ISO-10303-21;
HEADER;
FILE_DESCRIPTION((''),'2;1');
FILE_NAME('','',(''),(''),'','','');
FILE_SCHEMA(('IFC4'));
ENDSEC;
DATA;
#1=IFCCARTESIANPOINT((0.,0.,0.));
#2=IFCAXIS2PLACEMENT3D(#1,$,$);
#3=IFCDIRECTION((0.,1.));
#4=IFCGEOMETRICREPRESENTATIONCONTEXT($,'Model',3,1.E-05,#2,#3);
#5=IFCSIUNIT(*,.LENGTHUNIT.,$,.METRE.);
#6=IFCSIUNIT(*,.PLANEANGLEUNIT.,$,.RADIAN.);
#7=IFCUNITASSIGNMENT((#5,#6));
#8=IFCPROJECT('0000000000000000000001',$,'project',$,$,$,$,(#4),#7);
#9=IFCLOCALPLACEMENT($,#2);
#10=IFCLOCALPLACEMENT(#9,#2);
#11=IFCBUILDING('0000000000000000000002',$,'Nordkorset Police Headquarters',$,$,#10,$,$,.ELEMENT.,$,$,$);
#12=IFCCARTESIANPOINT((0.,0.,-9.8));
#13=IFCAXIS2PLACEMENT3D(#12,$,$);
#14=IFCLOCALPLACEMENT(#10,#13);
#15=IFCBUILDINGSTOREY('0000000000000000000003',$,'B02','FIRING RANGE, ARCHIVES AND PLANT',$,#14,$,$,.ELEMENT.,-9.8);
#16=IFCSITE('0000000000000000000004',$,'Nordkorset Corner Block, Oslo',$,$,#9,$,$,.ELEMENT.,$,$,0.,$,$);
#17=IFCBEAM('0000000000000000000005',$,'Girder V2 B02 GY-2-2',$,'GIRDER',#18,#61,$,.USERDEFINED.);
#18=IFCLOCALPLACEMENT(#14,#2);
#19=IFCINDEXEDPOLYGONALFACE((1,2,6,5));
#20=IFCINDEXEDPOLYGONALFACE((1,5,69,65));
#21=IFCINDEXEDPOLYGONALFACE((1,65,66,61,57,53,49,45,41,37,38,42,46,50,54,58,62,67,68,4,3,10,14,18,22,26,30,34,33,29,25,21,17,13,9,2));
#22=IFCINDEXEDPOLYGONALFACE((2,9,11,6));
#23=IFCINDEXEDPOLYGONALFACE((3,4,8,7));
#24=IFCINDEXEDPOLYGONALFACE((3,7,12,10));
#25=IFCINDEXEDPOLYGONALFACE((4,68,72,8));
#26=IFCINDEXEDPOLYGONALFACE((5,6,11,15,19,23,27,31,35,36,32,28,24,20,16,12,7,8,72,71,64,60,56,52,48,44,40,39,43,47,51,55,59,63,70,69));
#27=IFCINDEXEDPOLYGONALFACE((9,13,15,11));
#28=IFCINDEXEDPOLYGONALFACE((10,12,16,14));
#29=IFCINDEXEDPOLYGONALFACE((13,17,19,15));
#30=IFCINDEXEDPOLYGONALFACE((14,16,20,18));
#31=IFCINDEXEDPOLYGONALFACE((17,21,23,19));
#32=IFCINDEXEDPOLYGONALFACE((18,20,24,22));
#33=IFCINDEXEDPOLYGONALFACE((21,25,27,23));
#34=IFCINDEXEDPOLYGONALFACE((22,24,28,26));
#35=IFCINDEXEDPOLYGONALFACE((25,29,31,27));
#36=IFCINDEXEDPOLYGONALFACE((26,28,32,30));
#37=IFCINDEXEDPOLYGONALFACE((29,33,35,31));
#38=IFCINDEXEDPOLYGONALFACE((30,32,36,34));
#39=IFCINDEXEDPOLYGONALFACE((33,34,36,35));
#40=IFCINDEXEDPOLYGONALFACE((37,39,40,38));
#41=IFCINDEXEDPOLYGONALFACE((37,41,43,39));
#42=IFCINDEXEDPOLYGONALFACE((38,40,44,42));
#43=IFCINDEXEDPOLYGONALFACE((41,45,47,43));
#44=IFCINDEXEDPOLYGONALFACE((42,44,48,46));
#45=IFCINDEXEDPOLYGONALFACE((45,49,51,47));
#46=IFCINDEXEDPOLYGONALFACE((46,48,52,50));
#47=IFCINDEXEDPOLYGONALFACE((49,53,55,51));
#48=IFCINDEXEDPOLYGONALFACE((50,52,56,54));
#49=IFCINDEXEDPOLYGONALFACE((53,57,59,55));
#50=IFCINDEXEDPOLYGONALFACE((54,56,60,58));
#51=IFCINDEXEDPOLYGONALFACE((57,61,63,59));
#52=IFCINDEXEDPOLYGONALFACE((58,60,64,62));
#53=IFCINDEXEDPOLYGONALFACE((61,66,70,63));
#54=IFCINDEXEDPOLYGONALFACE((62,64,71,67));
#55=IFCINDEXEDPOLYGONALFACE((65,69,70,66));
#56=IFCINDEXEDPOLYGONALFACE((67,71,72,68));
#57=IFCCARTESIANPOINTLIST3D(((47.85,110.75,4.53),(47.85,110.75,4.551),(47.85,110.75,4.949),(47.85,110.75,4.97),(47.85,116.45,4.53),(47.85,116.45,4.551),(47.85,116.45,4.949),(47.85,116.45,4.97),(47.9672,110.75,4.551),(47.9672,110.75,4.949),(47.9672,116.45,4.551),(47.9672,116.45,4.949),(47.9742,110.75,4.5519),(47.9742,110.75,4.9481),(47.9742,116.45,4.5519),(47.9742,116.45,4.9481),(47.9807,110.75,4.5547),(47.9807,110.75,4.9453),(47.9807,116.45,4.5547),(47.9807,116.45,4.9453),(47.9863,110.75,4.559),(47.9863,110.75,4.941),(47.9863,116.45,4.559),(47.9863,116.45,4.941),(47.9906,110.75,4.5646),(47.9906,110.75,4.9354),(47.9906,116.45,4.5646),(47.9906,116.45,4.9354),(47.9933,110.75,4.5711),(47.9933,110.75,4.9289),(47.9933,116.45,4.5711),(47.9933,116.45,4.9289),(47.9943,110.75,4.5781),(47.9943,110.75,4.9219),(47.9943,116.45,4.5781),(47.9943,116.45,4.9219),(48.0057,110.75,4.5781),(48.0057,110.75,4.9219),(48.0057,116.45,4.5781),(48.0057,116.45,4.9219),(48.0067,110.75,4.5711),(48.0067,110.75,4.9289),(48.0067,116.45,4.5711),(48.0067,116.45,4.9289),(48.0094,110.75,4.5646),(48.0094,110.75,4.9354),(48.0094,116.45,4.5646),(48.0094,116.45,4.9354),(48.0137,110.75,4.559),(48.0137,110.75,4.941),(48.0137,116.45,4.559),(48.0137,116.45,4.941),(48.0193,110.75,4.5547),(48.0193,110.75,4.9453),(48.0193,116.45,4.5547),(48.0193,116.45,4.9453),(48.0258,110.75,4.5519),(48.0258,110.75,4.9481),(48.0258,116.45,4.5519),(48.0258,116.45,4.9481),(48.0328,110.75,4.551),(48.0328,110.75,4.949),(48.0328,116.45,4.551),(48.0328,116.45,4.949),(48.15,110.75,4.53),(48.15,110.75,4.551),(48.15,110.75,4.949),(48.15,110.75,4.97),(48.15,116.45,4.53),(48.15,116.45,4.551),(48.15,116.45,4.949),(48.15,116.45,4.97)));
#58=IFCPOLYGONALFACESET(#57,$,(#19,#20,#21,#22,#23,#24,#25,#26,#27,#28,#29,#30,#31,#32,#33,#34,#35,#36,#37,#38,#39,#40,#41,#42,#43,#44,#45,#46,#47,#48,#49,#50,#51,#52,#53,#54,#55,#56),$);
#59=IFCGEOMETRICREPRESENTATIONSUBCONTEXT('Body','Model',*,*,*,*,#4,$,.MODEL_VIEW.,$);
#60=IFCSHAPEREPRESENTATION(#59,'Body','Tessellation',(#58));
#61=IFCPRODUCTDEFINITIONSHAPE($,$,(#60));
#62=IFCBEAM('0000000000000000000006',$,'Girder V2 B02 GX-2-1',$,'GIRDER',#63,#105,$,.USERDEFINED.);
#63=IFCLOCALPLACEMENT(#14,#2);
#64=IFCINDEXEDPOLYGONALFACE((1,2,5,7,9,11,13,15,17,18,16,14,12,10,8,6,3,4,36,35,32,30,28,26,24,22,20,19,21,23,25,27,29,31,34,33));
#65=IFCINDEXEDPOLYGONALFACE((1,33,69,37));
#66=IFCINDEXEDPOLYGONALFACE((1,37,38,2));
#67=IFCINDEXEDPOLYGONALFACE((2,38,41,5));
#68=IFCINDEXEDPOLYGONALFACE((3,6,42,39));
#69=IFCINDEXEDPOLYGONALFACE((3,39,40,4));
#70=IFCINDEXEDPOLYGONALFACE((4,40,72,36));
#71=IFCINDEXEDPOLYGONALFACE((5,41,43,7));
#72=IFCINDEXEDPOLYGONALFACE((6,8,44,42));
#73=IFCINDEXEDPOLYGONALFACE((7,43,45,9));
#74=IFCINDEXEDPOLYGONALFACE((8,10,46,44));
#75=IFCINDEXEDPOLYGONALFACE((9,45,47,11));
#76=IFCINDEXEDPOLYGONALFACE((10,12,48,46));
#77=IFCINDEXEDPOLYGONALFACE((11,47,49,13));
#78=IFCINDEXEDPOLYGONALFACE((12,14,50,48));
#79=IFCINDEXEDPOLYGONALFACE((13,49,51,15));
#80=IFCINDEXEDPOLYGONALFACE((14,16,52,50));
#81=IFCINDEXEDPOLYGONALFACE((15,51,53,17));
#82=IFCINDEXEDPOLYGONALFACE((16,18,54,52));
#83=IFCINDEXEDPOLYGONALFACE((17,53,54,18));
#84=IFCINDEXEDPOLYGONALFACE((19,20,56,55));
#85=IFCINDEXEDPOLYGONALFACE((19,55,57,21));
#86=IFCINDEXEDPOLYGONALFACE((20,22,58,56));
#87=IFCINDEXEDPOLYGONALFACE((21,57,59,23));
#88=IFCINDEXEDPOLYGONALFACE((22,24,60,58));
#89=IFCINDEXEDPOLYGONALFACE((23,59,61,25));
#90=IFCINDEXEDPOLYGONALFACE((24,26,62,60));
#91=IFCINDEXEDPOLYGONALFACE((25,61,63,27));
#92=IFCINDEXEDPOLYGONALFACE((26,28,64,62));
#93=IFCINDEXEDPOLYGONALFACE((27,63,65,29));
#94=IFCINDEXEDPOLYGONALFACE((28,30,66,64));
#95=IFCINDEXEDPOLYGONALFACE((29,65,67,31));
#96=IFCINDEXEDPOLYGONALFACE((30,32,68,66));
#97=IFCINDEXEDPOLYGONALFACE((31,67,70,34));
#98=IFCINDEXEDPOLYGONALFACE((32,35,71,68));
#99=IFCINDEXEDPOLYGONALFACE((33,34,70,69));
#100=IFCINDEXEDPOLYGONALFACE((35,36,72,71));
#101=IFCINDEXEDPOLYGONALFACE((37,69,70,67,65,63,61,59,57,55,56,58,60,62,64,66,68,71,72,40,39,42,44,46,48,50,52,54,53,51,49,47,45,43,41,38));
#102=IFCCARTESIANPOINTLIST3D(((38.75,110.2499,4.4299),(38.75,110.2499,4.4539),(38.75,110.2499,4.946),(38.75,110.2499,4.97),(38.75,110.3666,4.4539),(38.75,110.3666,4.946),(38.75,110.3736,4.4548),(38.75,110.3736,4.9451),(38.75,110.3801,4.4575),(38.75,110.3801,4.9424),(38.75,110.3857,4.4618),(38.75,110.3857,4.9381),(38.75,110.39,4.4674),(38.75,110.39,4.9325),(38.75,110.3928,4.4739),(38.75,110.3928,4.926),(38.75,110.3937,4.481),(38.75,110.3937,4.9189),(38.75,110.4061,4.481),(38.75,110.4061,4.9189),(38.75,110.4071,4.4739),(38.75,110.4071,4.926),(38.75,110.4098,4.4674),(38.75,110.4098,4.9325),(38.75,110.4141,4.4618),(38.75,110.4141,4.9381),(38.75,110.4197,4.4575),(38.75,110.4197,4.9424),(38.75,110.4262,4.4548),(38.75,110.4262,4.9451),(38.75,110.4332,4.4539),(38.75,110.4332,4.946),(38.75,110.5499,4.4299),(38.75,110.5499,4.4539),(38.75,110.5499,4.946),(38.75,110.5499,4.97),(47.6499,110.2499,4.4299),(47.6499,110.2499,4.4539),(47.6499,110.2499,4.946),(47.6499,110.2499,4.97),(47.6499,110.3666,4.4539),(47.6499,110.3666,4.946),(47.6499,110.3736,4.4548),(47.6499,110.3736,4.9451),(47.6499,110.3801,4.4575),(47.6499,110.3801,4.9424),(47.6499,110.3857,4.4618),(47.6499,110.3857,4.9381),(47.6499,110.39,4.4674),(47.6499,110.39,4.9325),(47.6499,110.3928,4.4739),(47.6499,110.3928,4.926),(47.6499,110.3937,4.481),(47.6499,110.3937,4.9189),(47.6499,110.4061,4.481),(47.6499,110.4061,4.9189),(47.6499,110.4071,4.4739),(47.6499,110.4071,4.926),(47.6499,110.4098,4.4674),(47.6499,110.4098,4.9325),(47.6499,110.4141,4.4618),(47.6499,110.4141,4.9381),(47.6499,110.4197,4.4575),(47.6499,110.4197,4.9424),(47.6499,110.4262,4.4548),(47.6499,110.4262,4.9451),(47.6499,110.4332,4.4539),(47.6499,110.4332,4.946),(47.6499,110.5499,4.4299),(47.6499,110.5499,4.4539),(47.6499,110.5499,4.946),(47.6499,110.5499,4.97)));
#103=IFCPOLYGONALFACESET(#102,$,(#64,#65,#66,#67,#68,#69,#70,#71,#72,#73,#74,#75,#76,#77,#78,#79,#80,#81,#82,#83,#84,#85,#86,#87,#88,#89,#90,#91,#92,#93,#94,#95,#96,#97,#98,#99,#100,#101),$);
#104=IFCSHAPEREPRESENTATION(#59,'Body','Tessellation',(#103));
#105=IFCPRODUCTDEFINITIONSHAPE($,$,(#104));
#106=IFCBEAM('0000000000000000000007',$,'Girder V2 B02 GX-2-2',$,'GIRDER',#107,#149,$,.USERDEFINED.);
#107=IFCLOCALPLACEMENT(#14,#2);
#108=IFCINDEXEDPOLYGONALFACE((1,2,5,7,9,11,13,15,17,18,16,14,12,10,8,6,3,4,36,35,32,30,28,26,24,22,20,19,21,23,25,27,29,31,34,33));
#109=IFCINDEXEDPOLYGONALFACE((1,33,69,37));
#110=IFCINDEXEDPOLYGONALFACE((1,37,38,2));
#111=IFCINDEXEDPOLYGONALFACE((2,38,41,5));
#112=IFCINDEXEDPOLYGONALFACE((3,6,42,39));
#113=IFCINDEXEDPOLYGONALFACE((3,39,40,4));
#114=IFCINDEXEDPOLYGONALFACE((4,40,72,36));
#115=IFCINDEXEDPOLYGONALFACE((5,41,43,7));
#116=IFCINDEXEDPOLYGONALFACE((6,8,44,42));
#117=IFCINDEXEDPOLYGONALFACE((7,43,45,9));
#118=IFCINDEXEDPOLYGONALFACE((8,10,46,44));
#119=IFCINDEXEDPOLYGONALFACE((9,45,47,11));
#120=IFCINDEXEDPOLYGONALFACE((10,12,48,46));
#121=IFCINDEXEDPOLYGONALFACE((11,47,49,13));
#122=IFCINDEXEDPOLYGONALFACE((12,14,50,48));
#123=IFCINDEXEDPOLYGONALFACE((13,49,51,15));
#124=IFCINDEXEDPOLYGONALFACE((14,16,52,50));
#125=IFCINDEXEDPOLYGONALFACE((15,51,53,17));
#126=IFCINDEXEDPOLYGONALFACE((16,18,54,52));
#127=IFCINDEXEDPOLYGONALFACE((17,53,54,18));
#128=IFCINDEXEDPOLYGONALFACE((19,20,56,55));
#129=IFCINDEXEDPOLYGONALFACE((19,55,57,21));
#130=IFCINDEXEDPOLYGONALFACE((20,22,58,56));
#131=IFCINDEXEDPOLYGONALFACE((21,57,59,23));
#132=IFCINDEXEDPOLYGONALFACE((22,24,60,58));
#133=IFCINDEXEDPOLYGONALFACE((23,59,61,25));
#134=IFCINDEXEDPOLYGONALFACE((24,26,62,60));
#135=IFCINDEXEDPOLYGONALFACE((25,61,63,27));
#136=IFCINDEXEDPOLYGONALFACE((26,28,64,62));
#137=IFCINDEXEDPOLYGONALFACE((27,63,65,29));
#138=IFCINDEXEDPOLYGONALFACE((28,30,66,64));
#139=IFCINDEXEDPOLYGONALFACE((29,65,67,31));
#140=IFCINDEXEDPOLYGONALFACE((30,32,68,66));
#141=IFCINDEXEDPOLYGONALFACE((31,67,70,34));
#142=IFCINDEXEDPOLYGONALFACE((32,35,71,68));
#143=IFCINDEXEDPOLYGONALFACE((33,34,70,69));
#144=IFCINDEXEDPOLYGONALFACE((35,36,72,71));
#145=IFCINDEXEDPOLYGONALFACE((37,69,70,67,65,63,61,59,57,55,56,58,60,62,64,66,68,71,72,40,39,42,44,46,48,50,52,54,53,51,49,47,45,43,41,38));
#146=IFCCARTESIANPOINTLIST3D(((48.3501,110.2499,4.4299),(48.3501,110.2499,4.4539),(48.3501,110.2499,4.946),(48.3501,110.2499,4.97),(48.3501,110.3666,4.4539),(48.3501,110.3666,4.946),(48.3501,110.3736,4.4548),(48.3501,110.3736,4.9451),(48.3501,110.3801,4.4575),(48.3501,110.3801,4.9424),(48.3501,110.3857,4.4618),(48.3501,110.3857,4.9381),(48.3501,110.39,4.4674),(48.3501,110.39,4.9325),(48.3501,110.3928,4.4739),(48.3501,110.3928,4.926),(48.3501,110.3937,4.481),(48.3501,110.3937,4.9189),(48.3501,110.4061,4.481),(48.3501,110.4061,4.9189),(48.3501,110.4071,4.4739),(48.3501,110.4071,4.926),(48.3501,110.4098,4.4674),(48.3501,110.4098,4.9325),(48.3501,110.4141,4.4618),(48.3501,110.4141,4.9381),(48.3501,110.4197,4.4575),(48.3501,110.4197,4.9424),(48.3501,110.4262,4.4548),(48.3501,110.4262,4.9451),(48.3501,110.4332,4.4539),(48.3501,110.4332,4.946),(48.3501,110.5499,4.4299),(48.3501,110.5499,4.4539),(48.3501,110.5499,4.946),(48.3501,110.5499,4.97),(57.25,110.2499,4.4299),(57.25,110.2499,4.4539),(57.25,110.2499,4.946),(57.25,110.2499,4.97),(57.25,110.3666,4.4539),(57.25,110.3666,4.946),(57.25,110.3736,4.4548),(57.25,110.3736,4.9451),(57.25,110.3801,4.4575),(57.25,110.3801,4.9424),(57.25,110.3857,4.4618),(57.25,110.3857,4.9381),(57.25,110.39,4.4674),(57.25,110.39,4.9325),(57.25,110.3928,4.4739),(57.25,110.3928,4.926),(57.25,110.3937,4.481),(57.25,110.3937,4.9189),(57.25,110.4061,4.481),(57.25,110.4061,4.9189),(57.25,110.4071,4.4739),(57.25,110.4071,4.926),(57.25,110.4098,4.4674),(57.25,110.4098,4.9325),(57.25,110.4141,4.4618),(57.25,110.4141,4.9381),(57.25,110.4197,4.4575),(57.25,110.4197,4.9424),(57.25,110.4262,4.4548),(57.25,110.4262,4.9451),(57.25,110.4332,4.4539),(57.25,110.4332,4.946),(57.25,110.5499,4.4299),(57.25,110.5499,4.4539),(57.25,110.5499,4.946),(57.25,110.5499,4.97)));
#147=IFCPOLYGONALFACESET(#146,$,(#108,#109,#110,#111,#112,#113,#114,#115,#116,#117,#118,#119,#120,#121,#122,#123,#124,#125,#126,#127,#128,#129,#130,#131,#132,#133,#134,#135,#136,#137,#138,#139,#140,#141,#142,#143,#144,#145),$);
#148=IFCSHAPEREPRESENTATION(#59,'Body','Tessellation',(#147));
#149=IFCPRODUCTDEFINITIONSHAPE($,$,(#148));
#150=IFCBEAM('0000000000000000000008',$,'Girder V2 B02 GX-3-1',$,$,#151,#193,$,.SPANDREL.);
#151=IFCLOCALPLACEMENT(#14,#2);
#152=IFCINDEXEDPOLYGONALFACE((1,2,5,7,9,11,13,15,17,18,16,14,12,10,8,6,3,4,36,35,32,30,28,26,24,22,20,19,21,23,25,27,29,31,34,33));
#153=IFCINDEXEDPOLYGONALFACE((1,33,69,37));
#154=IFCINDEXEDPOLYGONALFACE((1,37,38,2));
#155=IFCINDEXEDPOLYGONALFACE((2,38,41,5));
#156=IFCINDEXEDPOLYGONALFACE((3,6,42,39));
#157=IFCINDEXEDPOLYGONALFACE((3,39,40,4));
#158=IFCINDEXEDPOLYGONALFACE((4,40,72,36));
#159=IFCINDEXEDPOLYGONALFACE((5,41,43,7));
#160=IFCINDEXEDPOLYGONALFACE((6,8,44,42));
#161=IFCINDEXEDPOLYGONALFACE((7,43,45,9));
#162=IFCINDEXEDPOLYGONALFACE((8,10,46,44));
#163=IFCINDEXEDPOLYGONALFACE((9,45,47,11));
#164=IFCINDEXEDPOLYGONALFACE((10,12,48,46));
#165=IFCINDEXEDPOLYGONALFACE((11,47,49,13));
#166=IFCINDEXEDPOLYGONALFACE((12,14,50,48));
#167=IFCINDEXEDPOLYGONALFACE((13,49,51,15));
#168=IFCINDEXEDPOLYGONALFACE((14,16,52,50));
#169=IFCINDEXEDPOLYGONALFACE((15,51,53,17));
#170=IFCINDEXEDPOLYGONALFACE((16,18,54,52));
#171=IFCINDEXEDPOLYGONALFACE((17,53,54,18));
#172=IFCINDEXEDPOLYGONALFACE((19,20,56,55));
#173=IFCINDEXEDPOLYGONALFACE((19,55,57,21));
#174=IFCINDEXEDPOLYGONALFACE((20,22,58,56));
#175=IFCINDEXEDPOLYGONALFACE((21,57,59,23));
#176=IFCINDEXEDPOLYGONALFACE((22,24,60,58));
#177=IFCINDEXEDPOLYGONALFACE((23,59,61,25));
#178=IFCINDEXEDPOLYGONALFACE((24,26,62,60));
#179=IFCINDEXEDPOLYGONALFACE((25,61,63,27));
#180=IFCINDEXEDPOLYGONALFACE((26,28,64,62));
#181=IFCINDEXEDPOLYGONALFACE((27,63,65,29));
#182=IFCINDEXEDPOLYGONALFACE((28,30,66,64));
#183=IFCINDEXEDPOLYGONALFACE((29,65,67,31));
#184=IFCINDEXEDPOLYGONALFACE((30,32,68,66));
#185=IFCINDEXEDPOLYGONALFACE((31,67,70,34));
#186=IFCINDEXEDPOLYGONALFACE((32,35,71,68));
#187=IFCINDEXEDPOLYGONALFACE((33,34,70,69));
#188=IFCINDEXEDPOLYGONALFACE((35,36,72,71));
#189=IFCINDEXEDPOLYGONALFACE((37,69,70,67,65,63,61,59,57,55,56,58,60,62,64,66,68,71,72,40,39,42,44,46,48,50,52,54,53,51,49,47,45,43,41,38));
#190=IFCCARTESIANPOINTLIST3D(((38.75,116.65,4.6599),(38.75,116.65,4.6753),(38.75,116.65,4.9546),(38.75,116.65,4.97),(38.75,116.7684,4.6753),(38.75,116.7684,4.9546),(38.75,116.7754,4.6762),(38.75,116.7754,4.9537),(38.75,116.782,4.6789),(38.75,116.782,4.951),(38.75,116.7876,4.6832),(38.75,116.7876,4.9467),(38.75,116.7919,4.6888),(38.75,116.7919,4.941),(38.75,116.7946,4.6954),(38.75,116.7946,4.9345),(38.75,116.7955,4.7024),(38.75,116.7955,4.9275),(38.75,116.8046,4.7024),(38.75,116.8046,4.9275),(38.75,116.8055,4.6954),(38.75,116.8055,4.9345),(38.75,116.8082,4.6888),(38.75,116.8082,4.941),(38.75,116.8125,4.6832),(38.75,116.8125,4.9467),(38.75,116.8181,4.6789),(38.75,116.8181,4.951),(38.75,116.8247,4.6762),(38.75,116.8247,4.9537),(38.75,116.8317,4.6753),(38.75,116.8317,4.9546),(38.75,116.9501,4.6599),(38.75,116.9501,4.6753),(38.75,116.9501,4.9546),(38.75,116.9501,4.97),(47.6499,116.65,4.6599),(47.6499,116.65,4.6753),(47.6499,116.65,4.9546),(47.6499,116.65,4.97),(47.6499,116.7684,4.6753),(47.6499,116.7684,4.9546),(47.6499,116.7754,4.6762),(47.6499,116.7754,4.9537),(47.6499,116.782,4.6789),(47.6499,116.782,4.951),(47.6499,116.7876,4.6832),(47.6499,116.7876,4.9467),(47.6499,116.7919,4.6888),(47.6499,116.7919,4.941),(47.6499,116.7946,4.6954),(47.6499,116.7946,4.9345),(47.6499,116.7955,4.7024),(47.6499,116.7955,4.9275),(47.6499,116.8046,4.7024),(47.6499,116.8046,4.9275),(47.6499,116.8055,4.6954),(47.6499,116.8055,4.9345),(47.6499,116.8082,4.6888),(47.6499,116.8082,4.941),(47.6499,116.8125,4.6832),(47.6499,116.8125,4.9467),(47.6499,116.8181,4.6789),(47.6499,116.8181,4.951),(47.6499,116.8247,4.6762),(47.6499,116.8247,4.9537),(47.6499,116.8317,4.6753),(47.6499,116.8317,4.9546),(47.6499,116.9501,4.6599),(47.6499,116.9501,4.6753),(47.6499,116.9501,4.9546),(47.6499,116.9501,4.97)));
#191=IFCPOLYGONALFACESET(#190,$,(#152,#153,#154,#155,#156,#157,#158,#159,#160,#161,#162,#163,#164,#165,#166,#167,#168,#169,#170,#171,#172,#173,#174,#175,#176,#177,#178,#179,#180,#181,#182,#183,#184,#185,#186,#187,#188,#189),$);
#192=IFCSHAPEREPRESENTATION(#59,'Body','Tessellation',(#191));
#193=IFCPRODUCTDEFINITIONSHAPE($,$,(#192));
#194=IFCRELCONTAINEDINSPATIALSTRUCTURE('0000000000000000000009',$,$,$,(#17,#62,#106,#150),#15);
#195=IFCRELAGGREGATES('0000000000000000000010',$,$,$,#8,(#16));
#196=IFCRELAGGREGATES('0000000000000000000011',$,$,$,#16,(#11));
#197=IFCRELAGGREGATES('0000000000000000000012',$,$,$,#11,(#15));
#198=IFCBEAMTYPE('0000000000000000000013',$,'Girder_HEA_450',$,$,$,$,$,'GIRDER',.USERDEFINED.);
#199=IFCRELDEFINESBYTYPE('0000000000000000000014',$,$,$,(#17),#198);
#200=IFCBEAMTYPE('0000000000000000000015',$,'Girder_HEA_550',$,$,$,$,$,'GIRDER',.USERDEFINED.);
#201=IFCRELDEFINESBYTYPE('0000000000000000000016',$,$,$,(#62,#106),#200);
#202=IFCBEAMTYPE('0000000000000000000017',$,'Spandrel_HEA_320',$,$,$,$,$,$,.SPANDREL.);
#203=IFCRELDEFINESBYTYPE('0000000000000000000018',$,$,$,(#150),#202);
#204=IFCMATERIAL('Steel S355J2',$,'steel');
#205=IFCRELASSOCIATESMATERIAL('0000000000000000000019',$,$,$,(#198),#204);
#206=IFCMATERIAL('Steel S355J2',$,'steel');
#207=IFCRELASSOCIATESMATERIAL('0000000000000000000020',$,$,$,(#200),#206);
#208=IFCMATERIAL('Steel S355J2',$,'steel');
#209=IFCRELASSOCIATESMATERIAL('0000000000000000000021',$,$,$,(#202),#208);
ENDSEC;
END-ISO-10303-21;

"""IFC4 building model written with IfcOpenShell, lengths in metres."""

from ifc_helpers import new_model, si_unit, direction, frame, origin, origin_2d, place, context, subcontext, project, spatial, i_section, extrude, material, material_profile, profile_set, type_object, element, save


model = new_model("IFC4")

# Units and contexts
model_context = context("Model", 3, precision=1e-05, world=origin(), true_north=direction((0.0, 1.0)))
body_context = subcontext(model_context, "Body", "Model", "MODEL_VIEW")
ifc_project = project(units=[si_unit("LENGTHUNIT", "METRE"), si_unit("PLANEANGLEUNIT", "RADIAN")], contexts=[model_context])

# Site, building, storey
site_placement = place(None, origin())
site = spatial("IfcSite", under=ifc_project, at=site_placement, Name="Nordkorset Corner Block, Oslo", CompositionType="ELEMENT", RefElevation=0.0)
building_placement = place(site_placement, origin())
building = spatial("IfcBuilding", under=site, at=building_placement, Name="Nordkorset Police Headquarters", CompositionType="ELEMENT")
storey_placement = place(building_placement, frame((0.0, 0.0, -9.8)))
storey = spatial("IfcBuildingStorey", under=building, at=storey_placement, Name="B02", Description="FIRING RANGE, ARCHIVES AND PLANT", CompositionType="ELEMENT", Elevation=-9.8)

# Beams
ifc_material_1 = material(Name="Steel S355J2", Category="steel")
ifc_material_profile_1 = material_profile(ifc_material_1, i_section(OverallWidth=0.3, OverallDepth=0.4399, WebThickness=0.0115, FlangeThickness=0.021, FilletRadius=0.0271, at=origin_2d()), Name="HEA 450")
ifc_profile_set_1 = profile_set([ifc_material_profile_1], Name="Steel S355J2")
beam_type_1 = type_object("IfcBeamType", Name="Girder_HEA_450", ElementType="GIRDER", PredefinedType="USERDEFINED", material=ifc_profile_set_1)
for number, where, z_axis, x_axis, name in (
    (1, (48.0, 110.75, 4.75), (0.0, 1.0, 0.0), (-1.0, 0.0, 0.0), "Girder V2 B02 GY-2-2"),
):
    element("IfcBeam", number, at=place(storey_placement, frame(where, z_axis=z_axis, x_axis=x_axis)), inside=storey, type_object=beam_type_1, Name=name, ObjectType="GIRDER", PredefinedType="USERDEFINED", context=body_context, shape_type="SweptSolid", body=[
        extrude(i_section(OverallWidth=0.3, OverallDepth=0.4399, WebThickness=0.0115, FlangeThickness=0.021, FilletRadius=0.0271, at=origin_2d()), origin(), (0.0, 0.0, 1.0), 5.7),
    ])
ifc_material_2 = material(Name="Steel S355J2", Category="steel")
ifc_material_profile_2 = material_profile(ifc_material_2, i_section(OverallWidth=0.3, OverallDepth=0.54, WebThickness=0.0125, FlangeThickness=0.0239, FilletRadius=0.0271, at=origin_2d()), Name="HEA 550")
ifc_profile_set_2 = profile_set([ifc_material_profile_2], Name="Steel S355J2")
beam_type_2 = type_object("IfcBeamType", Name="Girder_HEA_550", ElementType="GIRDER", PredefinedType="USERDEFINED", material=ifc_profile_set_2)
for number, where, z_axis, x_axis, name in (
    (2, (38.75, 110.3999, 4.7), (1.0, 0.0, 0.0), (0.0, 1.0, 0.0), "Girder V2 B02 GX-2-1"),
    (3, (48.3501, 110.3999, 4.7), (1.0, 0.0, 0.0), (0.0, 1.0, 0.0), "Girder V2 B02 GX-2-2"),
):
    element("IfcBeam", number, at=place(storey_placement, frame(where, z_axis=z_axis, x_axis=x_axis)), inside=storey, type_object=beam_type_2, Name=name, ObjectType="GIRDER", PredefinedType="USERDEFINED", context=body_context, shape_type="SweptSolid", body=[
        extrude(i_section(OverallWidth=0.3, OverallDepth=0.54, WebThickness=0.0125, FlangeThickness=0.0239, FilletRadius=0.0271, at=origin_2d()), origin(), (0.0, 0.0, 1.0), 8.8999),
    ])
ifc_material_3 = material(Name="Steel S355J2", Category="steel")
ifc_material_profile_3 = material_profile(ifc_material_3, i_section(OverallWidth=0.3, OverallDepth=0.3101, WebThickness=0.009, FlangeThickness=0.0154, FilletRadius=0.0271, at=origin_2d()), Name="HEA 320")
ifc_profile_set_3 = profile_set([ifc_material_profile_3], Name="Steel S355J2")
beam_type_3 = type_object("IfcBeamType", Name="Spandrel_HEA_320", PredefinedType="SPANDREL", material=ifc_profile_set_3)
for number, where, z_axis, x_axis, name in (
    (4, (38.75, 116.8, 4.8149), (1.0, 0.0, 0.0), (0.0, 1.0, 0.0), "Girder V2 B02 GX-3-1"),
):
    element("IfcBeam", number, at=place(storey_placement, frame(where, z_axis=z_axis, x_axis=x_axis)), inside=storey, type_object=beam_type_3, Name=name, PredefinedType="SPANDREL", context=body_context, shape_type="SweptSolid", body=[
        extrude(i_section(OverallWidth=0.3, OverallDepth=0.3101, WebThickness=0.009, FlangeThickness=0.0154, FilletRadius=0.0271, at=origin_2d()), origin(), (0.0, 0.0, 1.0), 8.8999),
    ])

save(model, "model.ifc")
